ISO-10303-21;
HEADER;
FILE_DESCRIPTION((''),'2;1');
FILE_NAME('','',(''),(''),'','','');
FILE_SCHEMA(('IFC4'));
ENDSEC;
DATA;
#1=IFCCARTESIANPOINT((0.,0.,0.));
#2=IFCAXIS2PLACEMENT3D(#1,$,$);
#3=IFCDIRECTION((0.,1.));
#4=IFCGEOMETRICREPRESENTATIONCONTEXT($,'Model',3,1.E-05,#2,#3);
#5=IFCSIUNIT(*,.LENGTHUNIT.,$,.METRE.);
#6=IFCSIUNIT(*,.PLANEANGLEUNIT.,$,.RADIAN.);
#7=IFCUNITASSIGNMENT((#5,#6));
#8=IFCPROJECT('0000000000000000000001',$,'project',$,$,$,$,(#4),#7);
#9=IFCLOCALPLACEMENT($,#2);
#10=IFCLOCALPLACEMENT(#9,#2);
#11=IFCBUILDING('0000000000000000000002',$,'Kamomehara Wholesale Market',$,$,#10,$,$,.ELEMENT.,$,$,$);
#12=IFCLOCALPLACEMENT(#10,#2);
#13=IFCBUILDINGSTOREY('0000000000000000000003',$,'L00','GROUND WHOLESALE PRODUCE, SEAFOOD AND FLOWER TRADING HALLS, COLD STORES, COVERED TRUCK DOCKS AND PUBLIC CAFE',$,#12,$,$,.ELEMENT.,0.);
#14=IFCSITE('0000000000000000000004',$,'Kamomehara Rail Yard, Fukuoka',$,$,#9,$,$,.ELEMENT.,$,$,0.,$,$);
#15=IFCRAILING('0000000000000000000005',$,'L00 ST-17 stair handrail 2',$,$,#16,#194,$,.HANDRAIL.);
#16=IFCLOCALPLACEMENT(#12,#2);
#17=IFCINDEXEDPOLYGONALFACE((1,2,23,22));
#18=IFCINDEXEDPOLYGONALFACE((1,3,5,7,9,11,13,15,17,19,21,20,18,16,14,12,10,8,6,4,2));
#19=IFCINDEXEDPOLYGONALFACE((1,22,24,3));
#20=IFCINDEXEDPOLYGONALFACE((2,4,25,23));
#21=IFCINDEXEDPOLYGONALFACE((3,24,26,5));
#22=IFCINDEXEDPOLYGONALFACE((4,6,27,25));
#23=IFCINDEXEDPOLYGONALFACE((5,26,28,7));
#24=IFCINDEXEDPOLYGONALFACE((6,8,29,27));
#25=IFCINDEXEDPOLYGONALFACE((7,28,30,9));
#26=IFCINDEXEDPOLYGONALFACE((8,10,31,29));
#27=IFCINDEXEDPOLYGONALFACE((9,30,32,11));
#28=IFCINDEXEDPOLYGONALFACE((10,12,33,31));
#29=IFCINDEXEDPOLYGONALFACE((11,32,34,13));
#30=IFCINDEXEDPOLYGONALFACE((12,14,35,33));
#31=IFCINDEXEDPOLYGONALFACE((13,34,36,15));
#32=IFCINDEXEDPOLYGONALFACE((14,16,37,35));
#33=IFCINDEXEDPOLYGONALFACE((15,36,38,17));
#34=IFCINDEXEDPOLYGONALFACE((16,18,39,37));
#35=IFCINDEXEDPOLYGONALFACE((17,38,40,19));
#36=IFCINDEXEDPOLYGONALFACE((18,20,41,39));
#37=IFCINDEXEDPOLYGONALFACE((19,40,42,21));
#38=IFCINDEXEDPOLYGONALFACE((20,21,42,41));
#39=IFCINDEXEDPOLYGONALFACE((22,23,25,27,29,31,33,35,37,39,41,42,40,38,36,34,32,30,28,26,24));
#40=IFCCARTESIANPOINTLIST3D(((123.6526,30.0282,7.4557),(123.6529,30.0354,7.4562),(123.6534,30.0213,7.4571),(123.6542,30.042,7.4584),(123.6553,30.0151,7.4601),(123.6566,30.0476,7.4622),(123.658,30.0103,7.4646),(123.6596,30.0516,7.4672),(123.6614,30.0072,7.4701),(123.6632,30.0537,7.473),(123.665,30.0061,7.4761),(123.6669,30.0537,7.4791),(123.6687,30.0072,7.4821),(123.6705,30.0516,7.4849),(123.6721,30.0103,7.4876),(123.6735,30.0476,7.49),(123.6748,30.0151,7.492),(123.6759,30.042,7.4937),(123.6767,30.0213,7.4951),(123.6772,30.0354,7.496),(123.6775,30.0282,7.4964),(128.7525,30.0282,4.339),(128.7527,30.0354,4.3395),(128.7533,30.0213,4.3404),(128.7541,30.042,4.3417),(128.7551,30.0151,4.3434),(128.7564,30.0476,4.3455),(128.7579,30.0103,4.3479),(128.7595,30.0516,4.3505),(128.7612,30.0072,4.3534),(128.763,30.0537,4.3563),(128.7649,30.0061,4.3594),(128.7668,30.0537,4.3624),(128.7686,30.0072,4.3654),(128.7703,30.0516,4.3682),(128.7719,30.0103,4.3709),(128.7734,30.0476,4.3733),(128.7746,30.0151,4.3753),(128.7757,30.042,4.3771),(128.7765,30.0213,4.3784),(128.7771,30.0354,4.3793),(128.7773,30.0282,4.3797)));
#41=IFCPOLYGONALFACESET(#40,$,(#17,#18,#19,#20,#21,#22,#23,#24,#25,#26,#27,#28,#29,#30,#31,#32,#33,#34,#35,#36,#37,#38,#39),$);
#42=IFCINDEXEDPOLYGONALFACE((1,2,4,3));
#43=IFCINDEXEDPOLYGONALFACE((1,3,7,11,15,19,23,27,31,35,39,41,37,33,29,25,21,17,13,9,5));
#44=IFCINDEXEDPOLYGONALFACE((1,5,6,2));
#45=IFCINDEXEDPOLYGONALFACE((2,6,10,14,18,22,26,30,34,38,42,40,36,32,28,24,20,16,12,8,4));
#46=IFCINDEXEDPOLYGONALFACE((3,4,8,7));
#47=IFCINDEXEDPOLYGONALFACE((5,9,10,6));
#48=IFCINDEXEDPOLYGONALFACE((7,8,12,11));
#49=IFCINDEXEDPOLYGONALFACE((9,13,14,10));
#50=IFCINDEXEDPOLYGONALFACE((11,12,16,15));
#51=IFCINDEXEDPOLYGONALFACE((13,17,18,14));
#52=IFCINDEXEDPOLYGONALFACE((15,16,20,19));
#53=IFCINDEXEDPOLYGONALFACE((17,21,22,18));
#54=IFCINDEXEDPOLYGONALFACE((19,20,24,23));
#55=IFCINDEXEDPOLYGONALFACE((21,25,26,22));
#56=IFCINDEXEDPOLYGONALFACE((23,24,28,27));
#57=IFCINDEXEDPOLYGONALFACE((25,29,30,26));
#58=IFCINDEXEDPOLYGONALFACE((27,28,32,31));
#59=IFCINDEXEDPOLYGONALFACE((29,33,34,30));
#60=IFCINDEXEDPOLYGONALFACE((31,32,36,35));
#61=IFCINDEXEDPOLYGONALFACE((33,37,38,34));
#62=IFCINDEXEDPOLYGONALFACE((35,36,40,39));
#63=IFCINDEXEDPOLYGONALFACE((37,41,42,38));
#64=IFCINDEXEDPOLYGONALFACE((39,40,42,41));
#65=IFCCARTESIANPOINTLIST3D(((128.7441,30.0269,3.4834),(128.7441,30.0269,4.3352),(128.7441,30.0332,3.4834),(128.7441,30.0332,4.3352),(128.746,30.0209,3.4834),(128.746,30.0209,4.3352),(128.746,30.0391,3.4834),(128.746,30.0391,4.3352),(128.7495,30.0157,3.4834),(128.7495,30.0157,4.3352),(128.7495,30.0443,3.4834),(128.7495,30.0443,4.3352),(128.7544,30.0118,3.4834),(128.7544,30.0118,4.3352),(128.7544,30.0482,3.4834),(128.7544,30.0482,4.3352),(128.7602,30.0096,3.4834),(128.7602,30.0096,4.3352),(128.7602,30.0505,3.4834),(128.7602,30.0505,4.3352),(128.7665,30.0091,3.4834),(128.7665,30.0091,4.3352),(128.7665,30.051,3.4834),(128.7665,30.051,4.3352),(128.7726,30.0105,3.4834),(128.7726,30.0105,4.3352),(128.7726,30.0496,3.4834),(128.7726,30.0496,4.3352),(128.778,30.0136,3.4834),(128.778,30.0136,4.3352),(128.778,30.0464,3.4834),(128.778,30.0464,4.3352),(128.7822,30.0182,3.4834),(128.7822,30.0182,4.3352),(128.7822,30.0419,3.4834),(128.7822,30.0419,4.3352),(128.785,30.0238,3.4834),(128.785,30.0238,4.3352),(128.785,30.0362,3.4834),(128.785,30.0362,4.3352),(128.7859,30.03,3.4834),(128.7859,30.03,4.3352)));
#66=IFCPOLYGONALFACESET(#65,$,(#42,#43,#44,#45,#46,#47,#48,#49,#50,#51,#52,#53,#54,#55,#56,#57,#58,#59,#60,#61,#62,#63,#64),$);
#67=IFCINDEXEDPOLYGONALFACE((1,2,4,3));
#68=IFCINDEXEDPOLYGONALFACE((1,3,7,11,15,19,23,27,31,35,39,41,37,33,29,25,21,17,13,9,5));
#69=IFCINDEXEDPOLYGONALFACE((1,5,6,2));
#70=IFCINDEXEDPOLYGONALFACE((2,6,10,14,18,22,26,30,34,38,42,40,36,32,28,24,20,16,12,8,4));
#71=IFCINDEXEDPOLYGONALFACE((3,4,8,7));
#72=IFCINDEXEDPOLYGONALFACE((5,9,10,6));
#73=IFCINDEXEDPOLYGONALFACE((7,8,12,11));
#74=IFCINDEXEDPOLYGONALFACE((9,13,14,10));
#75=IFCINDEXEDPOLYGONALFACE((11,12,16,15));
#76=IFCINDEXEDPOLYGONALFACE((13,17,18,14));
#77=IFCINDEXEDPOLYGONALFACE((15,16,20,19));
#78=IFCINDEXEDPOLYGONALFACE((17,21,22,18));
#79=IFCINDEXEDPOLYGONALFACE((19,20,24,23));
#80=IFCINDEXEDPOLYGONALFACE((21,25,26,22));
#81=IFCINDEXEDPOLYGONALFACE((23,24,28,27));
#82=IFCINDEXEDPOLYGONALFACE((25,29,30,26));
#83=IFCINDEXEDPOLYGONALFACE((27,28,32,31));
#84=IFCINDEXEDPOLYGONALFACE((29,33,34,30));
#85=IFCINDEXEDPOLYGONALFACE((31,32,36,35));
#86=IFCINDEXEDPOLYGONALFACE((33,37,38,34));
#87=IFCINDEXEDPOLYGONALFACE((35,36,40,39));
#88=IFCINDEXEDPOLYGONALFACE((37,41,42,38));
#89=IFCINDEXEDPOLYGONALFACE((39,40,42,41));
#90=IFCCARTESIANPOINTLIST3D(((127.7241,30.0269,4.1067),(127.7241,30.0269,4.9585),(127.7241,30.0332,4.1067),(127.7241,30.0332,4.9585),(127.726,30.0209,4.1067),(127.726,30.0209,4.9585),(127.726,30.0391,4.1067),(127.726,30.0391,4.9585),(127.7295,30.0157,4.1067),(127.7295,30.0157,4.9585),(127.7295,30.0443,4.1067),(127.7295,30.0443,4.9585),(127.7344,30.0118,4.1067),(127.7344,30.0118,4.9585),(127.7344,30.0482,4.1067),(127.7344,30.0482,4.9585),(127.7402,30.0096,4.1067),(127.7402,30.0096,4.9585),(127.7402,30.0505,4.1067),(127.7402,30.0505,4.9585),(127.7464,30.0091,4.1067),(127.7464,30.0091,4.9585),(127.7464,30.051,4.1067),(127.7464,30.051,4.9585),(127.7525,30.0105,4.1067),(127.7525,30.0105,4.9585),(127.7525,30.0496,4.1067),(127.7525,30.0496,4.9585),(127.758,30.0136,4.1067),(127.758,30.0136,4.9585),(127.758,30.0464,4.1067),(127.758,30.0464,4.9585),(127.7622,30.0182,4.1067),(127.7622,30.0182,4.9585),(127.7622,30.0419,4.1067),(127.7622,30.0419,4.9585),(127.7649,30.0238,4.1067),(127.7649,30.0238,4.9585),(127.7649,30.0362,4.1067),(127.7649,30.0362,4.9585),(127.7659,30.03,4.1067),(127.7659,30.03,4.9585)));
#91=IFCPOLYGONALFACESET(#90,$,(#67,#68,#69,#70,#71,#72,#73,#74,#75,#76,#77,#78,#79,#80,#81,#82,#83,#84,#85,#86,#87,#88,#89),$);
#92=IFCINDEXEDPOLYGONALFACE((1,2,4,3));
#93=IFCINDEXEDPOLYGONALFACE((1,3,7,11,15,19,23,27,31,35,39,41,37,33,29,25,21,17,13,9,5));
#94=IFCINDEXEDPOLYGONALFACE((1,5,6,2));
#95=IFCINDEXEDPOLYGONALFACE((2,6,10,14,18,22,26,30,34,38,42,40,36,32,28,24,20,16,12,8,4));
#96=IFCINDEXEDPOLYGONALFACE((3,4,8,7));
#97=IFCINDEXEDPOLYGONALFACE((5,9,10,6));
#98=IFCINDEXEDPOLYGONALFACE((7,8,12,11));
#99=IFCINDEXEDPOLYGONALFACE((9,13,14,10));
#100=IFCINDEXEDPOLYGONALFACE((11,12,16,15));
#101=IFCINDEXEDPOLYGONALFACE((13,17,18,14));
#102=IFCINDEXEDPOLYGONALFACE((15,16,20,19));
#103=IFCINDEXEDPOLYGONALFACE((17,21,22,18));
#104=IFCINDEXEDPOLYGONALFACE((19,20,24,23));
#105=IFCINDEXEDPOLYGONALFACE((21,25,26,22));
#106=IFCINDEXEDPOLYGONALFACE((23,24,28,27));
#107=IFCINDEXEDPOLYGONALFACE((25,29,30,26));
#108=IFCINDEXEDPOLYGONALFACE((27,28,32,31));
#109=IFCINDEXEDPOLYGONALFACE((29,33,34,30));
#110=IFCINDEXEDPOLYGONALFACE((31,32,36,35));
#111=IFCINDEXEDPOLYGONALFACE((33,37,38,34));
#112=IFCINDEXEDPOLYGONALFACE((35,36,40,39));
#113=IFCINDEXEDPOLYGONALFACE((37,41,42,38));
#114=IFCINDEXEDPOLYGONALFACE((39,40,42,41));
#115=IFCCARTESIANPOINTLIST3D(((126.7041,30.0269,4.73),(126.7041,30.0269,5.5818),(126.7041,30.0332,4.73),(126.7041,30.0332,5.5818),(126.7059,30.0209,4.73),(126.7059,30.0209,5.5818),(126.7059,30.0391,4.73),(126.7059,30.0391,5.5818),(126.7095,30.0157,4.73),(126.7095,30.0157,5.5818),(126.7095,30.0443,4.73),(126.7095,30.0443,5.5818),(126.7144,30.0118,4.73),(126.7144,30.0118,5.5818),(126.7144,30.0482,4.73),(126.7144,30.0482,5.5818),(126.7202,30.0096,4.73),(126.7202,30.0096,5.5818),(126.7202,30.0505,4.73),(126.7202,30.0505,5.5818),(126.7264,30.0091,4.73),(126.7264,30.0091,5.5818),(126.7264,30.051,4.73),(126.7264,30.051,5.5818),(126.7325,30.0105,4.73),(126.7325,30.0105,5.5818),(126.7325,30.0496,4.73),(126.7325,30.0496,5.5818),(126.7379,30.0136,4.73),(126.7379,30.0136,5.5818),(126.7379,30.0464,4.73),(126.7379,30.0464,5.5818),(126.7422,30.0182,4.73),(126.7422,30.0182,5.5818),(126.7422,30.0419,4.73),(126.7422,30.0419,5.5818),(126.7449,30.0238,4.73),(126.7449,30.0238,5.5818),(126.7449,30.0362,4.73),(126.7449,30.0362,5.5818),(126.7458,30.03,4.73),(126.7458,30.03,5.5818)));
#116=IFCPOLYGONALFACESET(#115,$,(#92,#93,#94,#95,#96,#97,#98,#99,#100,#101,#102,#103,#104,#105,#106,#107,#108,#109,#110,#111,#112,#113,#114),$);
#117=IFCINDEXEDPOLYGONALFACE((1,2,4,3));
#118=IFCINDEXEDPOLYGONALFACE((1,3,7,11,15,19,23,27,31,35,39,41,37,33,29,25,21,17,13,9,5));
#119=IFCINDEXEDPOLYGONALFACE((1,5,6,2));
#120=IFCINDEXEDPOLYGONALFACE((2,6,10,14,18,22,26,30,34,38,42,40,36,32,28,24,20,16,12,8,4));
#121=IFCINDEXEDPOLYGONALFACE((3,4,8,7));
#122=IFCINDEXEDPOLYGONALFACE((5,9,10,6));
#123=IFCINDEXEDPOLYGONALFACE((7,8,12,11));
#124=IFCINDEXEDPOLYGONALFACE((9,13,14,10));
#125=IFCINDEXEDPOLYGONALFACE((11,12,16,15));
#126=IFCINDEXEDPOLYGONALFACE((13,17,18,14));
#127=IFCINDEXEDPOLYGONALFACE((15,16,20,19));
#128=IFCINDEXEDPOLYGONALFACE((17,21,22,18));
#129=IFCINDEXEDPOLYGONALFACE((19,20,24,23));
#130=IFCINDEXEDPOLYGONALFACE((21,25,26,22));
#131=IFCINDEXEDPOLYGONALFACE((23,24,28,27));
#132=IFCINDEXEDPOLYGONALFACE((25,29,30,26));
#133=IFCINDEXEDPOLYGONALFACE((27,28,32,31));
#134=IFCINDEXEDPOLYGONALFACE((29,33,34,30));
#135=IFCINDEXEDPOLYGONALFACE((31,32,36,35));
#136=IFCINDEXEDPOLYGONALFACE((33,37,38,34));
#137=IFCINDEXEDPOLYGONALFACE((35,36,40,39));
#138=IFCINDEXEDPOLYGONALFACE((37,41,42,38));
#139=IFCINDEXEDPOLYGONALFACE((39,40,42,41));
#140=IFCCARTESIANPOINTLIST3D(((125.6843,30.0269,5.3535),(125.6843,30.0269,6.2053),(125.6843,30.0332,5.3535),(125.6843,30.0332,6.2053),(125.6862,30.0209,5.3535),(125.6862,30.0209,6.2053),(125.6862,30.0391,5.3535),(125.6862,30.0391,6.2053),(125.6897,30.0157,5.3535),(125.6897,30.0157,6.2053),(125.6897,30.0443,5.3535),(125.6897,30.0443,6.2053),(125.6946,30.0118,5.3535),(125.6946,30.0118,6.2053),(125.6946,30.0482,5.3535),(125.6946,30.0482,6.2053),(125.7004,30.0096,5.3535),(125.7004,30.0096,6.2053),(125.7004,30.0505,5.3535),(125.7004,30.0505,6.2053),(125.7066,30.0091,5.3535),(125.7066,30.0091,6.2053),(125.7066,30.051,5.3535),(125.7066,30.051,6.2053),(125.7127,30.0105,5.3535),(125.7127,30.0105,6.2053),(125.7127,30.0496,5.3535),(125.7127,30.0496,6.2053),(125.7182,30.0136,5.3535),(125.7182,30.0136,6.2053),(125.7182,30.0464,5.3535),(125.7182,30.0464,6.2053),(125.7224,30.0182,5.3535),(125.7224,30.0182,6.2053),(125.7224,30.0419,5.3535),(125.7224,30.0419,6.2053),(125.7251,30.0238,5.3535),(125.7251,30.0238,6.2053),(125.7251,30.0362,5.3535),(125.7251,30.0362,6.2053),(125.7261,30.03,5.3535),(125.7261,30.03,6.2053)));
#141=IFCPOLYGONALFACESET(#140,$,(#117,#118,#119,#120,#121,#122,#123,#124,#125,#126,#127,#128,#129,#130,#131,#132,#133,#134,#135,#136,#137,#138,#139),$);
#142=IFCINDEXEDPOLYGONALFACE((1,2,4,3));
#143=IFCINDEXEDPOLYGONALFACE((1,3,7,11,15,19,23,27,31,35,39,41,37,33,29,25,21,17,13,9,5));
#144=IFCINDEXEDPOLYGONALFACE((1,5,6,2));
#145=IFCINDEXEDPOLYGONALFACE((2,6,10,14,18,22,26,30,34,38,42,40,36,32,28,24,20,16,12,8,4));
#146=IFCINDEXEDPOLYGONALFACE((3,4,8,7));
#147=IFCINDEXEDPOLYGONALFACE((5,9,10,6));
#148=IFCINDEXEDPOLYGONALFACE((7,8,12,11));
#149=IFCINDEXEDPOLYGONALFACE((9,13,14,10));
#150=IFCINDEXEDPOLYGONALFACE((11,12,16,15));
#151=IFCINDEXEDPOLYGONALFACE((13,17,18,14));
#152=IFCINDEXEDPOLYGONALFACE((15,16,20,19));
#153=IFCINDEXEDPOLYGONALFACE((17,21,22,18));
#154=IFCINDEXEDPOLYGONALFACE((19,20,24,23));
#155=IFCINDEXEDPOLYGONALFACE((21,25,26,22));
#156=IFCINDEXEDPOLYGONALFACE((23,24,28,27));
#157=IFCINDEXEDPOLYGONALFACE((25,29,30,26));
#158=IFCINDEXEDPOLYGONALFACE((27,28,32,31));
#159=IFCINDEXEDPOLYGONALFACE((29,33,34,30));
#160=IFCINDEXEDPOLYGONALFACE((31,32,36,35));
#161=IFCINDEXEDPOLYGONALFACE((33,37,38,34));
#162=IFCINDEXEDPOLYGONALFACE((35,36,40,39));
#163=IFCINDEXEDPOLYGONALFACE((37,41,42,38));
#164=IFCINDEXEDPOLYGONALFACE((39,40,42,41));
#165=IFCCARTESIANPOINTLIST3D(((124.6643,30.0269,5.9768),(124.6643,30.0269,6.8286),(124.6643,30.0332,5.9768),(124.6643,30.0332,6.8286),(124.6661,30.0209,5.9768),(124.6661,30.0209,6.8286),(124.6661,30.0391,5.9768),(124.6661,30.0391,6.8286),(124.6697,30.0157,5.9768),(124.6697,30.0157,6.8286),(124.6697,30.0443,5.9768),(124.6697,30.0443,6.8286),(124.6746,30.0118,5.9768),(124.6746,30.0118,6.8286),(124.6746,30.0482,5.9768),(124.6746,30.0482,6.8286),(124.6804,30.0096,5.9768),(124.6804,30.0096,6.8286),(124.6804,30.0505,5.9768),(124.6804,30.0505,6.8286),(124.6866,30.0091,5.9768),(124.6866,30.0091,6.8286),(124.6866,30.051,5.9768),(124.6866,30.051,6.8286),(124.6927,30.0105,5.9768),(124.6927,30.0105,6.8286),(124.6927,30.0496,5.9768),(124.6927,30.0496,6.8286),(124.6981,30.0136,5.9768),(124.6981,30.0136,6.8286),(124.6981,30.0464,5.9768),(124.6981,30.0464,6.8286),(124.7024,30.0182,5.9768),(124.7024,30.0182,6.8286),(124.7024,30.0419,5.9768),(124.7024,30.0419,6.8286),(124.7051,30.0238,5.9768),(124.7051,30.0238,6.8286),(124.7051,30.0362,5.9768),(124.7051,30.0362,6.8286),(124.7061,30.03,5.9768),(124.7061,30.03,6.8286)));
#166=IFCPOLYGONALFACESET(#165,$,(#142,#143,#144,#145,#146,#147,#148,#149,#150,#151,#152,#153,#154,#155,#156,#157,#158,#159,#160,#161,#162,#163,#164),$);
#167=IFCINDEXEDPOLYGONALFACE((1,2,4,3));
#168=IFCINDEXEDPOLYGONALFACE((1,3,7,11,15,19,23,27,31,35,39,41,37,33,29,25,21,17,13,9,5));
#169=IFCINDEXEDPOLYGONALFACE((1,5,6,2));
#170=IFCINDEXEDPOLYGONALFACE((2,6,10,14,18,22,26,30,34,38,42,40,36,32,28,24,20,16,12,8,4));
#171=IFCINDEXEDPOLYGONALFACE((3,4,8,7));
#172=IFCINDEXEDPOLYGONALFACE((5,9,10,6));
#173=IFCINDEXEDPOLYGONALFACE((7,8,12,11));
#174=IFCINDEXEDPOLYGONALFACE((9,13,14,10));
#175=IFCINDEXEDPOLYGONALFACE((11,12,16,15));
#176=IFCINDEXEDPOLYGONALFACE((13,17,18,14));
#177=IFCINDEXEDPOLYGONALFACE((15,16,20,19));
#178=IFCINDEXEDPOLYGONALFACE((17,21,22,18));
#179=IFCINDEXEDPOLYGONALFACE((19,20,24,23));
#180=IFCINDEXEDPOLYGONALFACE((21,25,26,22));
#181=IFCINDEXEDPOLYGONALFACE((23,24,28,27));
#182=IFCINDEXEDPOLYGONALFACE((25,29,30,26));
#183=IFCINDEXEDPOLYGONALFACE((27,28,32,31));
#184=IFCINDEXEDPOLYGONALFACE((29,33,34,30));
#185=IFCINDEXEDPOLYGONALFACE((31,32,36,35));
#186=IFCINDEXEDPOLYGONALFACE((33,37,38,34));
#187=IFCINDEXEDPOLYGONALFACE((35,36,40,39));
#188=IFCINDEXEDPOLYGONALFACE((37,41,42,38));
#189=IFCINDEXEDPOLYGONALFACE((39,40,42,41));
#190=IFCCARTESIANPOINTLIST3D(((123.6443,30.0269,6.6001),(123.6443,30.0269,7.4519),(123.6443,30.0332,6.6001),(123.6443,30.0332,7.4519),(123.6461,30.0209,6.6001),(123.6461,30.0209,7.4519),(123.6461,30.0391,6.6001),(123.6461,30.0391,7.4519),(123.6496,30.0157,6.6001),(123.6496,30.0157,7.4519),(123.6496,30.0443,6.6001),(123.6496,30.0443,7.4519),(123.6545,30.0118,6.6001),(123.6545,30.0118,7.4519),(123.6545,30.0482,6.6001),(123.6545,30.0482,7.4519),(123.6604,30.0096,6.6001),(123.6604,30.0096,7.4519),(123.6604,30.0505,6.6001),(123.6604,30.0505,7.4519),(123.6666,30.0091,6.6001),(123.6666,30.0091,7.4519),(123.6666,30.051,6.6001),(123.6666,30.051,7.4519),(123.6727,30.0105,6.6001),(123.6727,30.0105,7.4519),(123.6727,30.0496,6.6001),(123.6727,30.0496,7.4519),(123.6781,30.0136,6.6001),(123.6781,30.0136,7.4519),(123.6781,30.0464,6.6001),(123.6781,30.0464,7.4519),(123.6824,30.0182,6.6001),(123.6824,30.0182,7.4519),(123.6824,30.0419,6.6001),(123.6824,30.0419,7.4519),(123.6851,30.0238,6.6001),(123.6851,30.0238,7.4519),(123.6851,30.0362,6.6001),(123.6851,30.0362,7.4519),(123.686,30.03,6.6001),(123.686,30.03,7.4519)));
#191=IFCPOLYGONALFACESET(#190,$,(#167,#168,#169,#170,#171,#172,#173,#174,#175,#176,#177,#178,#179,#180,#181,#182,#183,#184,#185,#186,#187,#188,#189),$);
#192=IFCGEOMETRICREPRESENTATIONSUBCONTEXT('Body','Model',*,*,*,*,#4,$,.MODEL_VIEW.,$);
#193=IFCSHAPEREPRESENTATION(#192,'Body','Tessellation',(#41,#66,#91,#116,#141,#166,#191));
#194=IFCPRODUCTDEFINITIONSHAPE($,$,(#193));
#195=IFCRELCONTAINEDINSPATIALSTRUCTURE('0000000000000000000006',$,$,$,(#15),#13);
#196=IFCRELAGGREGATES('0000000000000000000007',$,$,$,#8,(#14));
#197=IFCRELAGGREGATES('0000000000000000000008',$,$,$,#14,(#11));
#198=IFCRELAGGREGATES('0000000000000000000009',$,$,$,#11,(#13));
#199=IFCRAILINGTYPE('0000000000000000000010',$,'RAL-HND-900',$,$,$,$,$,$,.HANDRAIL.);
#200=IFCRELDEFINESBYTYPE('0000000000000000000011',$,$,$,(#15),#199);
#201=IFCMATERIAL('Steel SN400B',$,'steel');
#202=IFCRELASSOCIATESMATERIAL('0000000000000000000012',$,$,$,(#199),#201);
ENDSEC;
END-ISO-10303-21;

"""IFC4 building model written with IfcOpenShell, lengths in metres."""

from ifc_helpers import new_model, si_unit, direction, frame, origin, origin_2d, place, context, subcontext, project, spatial, circle, extrude, material, type_object, element, save


model = new_model("IFC4")

# Units and contexts
model_context = context("Model", 3, precision=1e-05, world=origin(), true_north=direction((0.0, 1.0)))
body_context = subcontext(model_context, "Body", "Model", "MODEL_VIEW")
ifc_project = project(units=[si_unit("LENGTHUNIT", "METRE"), si_unit("PLANEANGLEUNIT", "RADIAN")], contexts=[model_context])

# Site, building, storey
site_placement = place(None, origin())
site = spatial("IfcSite", under=ifc_project, at=site_placement, Name="Kamomehara Rail Yard, Fukuoka", CompositionType="ELEMENT", RefElevation=0.0)
building_placement = place(site_placement, origin())
building = spatial("IfcBuilding", under=site, at=building_placement, Name="Kamomehara Wholesale Market", CompositionType="ELEMENT")
storey_placement = place(building_placement, origin())
storey = spatial("IfcBuildingStorey", under=building, at=storey_placement, Name="L00", Description="GROUND WHOLESALE PRODUCE, SEAFOOD AND FLOWER TRADING HALLS, COLD STORES, COVERED TRUCK DOCKS AND PUBLIC CAFE", CompositionType="ELEMENT", Elevation=0.0)

# Railing
ifc_material_1 = material(Name="Steel SN400B", Category="steel")
railing_type_1 = type_object("IfcRailingType", Name="RAL-HND-900", PredefinedType="HANDRAIL", material=ifc_material_1)
railing_1_placement = place(storey_placement, frame((128.7649, 30.03, 3.4834)))
element("IfcRailing", 1, at=railing_1_placement, inside=storey, type_object=railing_type_1, Name="L00 ST-17 stair handrail 2", PredefinedType="HANDRAIL", context=body_context, shape_type="SweptSolid", body=[
    extrude(circle(Radius=0.0239, at=origin_2d()), frame((0.0, 0.0, 0.876), z_axis=(-0.853273, 0.0, 0.521465), x_axis=(0.0, -1.0, 0.0)), (0.0, 0.0, 1.0), 5.9768),
    extrude(circle(Radius=0.021, at=origin_2d()), origin(), (0.0, 0.0, 1.0), 0.8518),
    extrude(circle(Radius=0.021, at=origin_2d()), frame((-1.02, 0.0, 0.6233)), (0.0, 0.0, 1.0), 0.8518),
    extrude(circle(Radius=0.021, at=origin_2d()), frame((-2.04, 0.0, 1.2466)), (0.0, 0.0, 1.0), 0.8518),
    extrude(circle(Radius=0.021, at=origin_2d()), frame((-3.0598, 0.0, 1.8701)), (0.0, 0.0, 1.0), 0.8518),
    extrude(circle(Radius=0.021, at=origin_2d()), frame((-4.0798, 0.0, 2.4934)), (0.0, 0.0, 1.0), 0.8518),
    extrude(circle(Radius=0.021, at=origin_2d()), frame((-5.0999, 0.0, 3.1167)), (0.0, 0.0, 1.0), 0.8518),
])

save(model, "model.ifc")
